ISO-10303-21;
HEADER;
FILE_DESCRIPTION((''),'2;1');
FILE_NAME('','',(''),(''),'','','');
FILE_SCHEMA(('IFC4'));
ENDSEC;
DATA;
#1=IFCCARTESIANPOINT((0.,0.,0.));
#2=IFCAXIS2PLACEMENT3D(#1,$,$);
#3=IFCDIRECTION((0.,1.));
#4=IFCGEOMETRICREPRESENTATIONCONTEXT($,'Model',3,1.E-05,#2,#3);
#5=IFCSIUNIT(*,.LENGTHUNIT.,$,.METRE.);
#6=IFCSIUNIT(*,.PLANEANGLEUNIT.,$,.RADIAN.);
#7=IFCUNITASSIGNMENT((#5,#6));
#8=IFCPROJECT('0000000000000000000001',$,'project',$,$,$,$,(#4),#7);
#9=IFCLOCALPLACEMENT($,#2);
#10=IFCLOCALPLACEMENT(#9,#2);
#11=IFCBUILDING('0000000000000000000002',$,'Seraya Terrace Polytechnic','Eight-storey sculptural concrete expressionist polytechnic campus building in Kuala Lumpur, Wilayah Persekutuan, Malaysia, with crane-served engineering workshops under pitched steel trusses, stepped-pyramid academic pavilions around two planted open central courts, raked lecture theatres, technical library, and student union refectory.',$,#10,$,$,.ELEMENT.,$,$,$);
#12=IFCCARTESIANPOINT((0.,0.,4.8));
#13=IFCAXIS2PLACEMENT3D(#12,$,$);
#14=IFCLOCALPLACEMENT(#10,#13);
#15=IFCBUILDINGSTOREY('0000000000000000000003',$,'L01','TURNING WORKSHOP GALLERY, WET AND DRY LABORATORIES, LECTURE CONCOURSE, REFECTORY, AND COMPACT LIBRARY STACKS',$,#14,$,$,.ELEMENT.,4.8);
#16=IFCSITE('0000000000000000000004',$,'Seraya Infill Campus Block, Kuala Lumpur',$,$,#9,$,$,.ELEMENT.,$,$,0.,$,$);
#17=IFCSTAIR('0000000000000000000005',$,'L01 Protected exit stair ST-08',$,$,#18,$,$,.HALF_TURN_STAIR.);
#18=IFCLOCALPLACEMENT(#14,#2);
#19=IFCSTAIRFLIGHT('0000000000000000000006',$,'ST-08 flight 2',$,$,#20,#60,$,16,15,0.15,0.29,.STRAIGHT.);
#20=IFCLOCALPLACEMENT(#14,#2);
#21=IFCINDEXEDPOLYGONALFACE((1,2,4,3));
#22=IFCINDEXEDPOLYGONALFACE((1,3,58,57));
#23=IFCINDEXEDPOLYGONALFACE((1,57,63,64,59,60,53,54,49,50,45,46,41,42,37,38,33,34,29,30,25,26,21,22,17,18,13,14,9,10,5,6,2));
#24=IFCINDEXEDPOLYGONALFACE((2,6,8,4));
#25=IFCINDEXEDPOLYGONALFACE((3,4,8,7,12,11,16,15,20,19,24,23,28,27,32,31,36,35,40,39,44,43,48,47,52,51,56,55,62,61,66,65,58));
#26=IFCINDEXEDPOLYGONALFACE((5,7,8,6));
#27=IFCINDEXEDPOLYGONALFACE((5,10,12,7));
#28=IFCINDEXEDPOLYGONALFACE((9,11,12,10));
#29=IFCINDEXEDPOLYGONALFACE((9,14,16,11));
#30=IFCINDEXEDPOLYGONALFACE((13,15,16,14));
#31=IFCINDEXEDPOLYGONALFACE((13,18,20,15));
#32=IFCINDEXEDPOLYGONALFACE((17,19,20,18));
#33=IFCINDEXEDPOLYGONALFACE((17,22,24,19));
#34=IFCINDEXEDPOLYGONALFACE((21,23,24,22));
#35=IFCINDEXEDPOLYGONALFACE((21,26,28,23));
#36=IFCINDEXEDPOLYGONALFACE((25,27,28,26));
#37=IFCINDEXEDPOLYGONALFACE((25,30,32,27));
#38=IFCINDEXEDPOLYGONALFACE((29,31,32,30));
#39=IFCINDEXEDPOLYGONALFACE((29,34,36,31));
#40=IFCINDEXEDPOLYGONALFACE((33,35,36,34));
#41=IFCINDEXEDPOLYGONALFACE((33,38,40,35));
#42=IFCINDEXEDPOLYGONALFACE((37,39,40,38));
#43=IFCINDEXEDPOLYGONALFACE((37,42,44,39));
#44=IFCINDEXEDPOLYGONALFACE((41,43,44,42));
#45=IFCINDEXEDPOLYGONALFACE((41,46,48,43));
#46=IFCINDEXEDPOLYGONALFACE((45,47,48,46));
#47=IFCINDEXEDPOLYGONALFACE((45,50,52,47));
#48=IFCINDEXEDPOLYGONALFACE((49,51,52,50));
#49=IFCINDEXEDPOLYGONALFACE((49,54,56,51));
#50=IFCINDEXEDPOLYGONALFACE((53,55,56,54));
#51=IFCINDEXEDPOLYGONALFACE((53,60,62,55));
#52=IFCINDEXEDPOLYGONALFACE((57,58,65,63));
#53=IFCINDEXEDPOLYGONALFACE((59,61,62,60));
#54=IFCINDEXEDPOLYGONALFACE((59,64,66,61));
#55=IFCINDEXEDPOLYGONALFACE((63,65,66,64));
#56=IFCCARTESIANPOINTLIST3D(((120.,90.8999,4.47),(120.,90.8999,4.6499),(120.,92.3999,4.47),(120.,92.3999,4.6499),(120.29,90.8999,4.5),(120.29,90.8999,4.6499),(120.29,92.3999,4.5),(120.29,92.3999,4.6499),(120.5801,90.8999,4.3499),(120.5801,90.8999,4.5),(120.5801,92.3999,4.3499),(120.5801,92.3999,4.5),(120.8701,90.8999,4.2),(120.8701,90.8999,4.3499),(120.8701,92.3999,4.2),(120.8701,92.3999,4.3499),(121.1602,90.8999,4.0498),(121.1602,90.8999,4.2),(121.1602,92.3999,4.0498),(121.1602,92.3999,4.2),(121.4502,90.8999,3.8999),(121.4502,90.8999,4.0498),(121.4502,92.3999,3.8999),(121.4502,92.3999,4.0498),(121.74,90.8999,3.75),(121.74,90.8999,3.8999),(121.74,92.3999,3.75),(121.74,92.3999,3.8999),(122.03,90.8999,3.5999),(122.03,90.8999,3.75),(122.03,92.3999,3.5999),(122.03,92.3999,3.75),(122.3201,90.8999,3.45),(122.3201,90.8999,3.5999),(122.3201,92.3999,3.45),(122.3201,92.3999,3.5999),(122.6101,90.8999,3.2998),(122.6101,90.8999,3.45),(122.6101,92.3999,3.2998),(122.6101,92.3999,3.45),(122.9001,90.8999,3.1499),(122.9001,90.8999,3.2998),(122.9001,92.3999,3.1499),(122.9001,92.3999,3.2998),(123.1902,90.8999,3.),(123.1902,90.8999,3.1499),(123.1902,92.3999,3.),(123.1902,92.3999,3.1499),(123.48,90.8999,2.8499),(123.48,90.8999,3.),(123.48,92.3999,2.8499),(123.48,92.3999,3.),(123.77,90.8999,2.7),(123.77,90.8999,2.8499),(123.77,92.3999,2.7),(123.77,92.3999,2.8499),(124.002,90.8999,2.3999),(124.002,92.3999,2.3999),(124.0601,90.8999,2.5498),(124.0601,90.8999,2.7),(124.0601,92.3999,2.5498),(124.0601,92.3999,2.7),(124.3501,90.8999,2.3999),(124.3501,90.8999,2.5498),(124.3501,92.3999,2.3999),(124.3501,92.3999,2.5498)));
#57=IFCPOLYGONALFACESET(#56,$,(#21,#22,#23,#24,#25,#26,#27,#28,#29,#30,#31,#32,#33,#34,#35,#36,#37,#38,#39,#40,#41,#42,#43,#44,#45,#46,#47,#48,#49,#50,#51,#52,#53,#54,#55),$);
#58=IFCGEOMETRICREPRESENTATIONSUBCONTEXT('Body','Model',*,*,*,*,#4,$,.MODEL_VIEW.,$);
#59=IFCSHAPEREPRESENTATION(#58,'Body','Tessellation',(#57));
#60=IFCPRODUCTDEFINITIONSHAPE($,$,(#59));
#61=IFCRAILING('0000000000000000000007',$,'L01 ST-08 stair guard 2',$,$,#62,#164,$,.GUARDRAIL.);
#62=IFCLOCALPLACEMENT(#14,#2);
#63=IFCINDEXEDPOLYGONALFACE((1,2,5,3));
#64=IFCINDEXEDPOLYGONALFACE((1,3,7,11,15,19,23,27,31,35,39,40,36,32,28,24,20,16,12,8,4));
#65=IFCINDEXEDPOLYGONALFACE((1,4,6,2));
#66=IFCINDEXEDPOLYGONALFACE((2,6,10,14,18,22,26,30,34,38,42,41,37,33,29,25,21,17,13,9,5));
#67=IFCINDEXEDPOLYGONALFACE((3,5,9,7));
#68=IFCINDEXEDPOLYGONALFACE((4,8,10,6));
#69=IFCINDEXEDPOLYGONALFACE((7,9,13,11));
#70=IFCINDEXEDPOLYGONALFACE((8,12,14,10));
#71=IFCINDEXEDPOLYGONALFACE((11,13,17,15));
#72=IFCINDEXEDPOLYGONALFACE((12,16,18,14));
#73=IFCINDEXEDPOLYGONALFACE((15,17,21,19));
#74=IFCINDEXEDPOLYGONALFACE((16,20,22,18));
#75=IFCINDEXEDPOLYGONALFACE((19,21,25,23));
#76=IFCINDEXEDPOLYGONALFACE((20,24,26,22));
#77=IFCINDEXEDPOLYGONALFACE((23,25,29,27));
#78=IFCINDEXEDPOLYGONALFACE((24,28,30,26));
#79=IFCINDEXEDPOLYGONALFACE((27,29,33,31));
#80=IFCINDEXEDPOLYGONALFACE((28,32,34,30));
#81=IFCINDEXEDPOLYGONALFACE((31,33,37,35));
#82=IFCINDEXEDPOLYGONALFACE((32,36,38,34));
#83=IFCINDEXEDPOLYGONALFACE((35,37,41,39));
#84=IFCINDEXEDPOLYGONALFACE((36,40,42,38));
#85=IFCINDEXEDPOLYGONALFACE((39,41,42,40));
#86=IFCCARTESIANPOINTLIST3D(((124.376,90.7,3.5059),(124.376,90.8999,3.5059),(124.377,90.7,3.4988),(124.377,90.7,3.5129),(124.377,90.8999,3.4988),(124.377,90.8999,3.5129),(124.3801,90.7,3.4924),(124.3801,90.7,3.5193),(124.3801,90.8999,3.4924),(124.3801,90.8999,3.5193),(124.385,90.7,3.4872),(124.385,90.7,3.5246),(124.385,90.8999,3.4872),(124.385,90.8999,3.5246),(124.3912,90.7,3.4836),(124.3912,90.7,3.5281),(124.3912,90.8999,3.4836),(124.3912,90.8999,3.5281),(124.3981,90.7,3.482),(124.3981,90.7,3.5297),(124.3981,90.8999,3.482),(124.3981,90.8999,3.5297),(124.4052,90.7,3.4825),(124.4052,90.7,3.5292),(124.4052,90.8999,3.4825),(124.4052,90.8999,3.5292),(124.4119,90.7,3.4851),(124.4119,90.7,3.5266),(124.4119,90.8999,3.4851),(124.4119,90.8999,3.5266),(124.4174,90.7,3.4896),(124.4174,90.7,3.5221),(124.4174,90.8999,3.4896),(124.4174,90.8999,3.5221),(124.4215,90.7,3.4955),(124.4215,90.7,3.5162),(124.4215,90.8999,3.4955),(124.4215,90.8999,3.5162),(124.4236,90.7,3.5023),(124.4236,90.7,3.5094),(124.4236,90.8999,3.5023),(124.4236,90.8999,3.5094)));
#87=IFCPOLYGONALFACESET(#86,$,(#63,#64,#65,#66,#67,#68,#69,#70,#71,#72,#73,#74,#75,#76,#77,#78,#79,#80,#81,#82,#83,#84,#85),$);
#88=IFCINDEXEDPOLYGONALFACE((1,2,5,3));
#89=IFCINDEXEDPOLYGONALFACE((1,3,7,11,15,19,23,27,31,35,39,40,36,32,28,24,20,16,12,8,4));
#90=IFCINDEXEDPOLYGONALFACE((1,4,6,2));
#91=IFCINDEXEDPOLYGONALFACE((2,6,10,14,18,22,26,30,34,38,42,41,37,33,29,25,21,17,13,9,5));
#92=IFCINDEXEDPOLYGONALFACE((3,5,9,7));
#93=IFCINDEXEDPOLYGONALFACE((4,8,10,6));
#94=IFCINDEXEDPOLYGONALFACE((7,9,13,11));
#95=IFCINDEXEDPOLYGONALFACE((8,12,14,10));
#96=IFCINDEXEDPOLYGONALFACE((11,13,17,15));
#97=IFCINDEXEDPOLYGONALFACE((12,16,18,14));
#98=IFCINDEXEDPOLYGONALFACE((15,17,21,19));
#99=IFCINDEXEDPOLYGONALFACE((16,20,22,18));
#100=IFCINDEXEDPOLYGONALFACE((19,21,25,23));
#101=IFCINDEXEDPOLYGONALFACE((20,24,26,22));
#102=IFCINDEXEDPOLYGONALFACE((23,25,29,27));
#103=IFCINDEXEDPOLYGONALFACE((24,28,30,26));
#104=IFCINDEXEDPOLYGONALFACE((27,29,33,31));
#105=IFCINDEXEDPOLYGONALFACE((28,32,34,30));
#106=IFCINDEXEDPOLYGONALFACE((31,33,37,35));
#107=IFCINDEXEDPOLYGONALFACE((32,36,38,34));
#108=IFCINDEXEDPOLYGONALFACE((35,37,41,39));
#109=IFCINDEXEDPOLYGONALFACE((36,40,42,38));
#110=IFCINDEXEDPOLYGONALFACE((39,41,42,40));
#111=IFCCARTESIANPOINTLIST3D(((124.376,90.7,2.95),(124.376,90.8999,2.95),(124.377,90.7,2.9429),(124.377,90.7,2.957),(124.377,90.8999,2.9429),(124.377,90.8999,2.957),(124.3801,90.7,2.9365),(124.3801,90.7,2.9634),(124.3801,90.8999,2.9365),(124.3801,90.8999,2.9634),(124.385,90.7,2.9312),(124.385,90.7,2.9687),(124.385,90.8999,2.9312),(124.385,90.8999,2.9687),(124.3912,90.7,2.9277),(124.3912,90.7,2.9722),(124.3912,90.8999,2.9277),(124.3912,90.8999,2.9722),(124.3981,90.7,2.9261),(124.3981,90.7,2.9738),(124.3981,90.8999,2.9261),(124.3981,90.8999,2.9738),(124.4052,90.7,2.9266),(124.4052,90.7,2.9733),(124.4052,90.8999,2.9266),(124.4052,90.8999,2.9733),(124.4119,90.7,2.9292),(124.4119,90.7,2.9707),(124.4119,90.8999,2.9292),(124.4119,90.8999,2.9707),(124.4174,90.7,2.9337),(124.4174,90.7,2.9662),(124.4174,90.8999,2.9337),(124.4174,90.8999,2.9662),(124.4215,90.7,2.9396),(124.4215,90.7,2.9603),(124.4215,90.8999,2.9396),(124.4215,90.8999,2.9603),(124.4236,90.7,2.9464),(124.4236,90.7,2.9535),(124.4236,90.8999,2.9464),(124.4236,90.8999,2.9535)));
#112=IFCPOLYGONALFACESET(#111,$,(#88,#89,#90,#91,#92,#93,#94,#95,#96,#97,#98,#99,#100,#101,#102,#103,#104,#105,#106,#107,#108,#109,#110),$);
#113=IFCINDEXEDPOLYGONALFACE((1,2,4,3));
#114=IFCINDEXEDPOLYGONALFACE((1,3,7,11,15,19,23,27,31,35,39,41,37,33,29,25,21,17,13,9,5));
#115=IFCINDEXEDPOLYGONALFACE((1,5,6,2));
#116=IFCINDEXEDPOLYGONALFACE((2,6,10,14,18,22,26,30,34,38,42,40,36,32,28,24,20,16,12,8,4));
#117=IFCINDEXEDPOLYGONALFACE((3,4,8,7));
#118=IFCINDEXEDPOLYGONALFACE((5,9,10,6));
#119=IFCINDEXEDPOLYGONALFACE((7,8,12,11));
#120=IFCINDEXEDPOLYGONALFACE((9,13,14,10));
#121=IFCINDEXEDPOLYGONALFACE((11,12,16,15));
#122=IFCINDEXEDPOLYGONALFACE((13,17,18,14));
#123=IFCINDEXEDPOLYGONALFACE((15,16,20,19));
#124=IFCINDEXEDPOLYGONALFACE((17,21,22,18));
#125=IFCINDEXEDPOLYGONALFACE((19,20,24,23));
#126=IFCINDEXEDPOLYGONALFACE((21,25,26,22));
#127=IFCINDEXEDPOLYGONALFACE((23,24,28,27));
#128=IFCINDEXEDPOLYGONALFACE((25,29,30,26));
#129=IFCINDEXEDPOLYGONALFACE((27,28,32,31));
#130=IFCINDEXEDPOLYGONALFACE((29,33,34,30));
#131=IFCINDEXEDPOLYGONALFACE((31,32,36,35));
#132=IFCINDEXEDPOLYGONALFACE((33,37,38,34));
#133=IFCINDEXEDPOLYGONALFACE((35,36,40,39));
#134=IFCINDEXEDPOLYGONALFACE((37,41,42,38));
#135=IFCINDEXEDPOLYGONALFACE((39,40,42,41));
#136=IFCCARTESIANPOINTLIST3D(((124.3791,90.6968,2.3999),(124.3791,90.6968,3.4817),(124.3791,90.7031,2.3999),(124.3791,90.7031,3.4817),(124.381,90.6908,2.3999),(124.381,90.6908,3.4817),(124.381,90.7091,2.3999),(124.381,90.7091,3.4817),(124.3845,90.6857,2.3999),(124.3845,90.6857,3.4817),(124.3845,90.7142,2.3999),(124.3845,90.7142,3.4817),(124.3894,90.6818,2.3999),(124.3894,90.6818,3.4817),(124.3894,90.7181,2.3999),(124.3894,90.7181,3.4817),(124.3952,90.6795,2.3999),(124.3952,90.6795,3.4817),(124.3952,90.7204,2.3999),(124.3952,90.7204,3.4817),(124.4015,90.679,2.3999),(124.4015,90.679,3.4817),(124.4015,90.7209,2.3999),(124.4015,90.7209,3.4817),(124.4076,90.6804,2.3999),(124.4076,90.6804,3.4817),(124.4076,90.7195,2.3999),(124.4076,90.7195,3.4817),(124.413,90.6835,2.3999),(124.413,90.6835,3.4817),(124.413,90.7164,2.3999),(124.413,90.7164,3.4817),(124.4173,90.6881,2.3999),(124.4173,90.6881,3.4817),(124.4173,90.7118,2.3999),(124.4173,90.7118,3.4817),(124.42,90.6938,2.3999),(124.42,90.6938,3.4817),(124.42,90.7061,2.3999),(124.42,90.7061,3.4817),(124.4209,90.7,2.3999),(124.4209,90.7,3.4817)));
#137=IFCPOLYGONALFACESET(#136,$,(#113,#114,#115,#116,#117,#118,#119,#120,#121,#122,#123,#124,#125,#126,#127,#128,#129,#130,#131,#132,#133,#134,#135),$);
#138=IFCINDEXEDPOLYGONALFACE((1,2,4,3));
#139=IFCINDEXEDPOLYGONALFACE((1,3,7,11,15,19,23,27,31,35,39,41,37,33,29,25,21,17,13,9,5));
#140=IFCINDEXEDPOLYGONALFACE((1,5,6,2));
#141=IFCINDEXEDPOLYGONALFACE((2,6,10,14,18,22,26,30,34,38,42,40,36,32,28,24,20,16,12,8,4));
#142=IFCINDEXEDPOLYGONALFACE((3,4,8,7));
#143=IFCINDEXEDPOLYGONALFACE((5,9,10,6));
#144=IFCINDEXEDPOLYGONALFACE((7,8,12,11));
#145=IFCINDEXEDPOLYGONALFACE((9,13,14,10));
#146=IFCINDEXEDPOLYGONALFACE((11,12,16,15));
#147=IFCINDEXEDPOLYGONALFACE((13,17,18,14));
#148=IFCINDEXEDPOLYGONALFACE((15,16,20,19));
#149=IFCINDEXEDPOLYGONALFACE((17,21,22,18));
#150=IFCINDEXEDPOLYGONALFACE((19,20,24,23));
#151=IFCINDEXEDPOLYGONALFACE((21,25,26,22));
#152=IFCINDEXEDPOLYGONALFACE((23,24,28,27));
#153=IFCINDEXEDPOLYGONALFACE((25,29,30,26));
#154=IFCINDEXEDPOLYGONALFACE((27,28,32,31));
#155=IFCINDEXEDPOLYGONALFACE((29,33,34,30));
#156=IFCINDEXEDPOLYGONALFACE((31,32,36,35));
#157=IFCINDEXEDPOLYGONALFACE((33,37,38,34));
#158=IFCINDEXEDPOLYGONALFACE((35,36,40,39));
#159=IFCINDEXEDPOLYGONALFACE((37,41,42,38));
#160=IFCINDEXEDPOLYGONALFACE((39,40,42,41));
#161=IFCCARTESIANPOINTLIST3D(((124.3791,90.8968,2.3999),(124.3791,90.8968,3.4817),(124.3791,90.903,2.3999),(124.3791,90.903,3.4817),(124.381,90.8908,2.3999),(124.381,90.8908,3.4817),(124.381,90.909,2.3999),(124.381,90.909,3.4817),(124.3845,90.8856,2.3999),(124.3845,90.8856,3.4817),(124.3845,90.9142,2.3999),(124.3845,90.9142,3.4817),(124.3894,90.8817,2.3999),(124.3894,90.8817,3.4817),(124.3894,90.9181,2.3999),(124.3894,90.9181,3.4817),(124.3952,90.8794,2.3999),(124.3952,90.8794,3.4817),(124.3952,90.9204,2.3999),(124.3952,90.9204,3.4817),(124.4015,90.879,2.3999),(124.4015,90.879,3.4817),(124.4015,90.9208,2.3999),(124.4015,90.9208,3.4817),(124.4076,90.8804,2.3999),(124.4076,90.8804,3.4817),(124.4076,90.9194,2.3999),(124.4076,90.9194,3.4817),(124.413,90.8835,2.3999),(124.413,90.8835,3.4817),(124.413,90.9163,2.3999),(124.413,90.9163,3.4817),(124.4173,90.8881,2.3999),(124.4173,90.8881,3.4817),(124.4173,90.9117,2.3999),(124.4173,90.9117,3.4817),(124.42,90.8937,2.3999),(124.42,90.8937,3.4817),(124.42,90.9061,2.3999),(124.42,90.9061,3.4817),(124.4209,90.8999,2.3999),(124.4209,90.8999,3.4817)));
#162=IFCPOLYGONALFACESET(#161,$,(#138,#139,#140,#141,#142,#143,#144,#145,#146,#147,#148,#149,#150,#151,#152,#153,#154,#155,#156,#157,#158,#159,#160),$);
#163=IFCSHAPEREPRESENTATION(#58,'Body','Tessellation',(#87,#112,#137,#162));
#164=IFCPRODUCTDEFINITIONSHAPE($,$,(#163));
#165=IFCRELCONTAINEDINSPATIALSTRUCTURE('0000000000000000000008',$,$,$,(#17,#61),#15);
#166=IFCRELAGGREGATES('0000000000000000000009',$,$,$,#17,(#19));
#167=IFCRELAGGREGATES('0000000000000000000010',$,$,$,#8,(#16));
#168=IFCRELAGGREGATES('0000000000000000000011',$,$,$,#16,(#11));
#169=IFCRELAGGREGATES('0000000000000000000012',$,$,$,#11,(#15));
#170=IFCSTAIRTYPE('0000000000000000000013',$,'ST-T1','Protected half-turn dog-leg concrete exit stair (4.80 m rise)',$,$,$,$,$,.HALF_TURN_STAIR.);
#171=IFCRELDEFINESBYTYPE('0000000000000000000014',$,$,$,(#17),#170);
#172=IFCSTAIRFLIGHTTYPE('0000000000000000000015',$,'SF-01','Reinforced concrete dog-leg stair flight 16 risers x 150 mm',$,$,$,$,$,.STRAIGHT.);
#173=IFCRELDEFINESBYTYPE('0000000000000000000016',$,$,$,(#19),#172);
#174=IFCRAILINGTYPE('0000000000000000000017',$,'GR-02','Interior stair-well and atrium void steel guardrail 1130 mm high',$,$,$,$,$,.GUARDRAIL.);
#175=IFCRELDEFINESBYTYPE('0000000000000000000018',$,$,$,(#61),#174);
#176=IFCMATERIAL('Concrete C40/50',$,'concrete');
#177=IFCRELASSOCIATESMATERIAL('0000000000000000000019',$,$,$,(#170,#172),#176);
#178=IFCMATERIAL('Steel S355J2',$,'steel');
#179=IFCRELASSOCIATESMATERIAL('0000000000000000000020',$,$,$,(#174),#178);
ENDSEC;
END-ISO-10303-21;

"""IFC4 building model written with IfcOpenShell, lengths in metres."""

from ifc_helpers import new_model, si_unit, direction, frame, origin, origin_2d, place, context, subcontext, project, spatial, polyline, circle, outline, extrude, material, type_object, element, aggregate, save


model = new_model("IFC4")

# Units and contexts
model_context = context("Model", 3, precision=1e-05, world=origin(), true_north=direction((0.0, 1.0)))
body_context = subcontext(model_context, "Body", "Model", "MODEL_VIEW")
ifc_project = project(units=[si_unit("LENGTHUNIT", "METRE"), si_unit("PLANEANGLEUNIT", "RADIAN")], contexts=[model_context])

# Site, building, storey
site_placement = place(None, origin())
site = spatial("IfcSite", under=ifc_project, at=site_placement, Name="Seraya Infill Campus Block, Kuala Lumpur", CompositionType="ELEMENT", RefElevation=0.0)
building_placement = place(site_placement, origin())
building = spatial("IfcBuilding", under=site, at=building_placement, Name="Seraya Terrace Polytechnic", Description="Eight-storey sculptural concrete expressionist polytechnic campus building in Kuala Lumpur, Wilayah Persekutuan, Malaysia, with crane-served engineering workshops under pitched steel trusses, stepped-pyramid academic pavilions around two planted open central courts, raked lecture theatres, technical library, and student union refectory.", CompositionType="ELEMENT")
storey_placement = place(building_placement, frame((0.0, 0.0, 4.8)))
storey = spatial("IfcBuildingStorey", under=building, at=storey_placement, Name="L01", Description="TURNING WORKSHOP GALLERY, WET AND DRY LABORATORIES, LECTURE CONCOURSE, REFECTORY, AND COMPACT LIBRARY STACKS", CompositionType="ELEMENT", Elevation=4.8)

# Shared definitions
ifc_material_1 = material(Name="Concrete C40/50", Category="concrete")

# Shared definitions
ifc_material_2 = material(Name="Steel S355J2", Category="steel")

# Stair, stair flight
stair_type = type_object("IfcStairType", Name="ST-T1", Description="Protected half-turn dog-leg concrete exit stair (4.80 m rise)", PredefinedType="HALF_TURN_STAIR", material=ifc_material_1)
stair_placement = place(storey_placement, origin())
stair = element("IfcStair", 1, at=stair_placement, inside=storey, type_object=stair_type, Name="L01 Protected exit stair ST-08", PredefinedType="HALF_TURN_STAIR")
stair_flight_type = type_object("IfcStairFlightType", Name="SF-01", Description="Reinforced concrete dog-leg stair flight 16 risers x 150 mm", PredefinedType="STRAIGHT", material=ifc_material_1)
stair_flight_1_placement = place(storey_placement, frame((124.3501, 91.6499, 2.3999), z_axis=(0.0, 0.0, 1.0), x_axis=(-1.0, 0.0, 0.0)))
stair_flight_1 = element("IfcStairFlight", 2, at=stair_flight_1_placement, type_object=stair_flight_type, Name="ST-08 flight 2", NumberOfRisers=16, NumberOfTreads=15, PredefinedType="STRAIGHT", RiserHeight=0.15, TreadLength=0.29, context=body_context, shape_type="SweptSolid", body=[
    extrude(outline(polyline([(0.0, 0.0), (0.0, 0.1499), (0.29, 0.1499), (0.29, 0.3), (0.5801, 0.3), (0.5801, 0.45), (0.8701, 0.45), (0.8701, 0.6001), (1.1599, 0.6001), (1.1599, 0.75), (1.45, 0.75), (1.45, 0.8999), (1.74, 0.8999), (1.74, 1.05), (2.03, 1.05), (2.03, 1.2), (2.3201, 1.2), (2.3201, 1.3501), (2.6101, 1.3501), (2.6101, 1.5), (2.8999, 1.5), (2.8999, 1.6499), (3.1899, 1.6499), (3.1899, 1.8), (3.48, 1.8), (3.48, 1.95), (3.77, 1.95), (3.77, 2.1001), (4.0601, 2.1001), (4.0601, 2.25), (4.3501, 2.25), (4.3501, 2.3999), (4.3501, 2.0701), (0.3481, 0.0), (0.0, 0.0)])), frame((0.0, 0.75, 0.0), z_axis=(0.0, -1.0, 0.0), x_axis=(1.0, 0.0, 0.0)), (0.0, 0.0, 1.0), 1.5),
])
aggregate(stair, [stair_flight_1])

# Railing
railing_type_1 = type_object("IfcRailingType", Name="GR-02", Description="Interior stair-well and atrium void steel guardrail 1130 mm high", PredefinedType="GUARDRAIL", material=ifc_material_2)
railing_1_placement = place(storey_placement, frame((124.3999, 90.7, 2.3999)))
element("IfcRailing", 3, at=railing_1_placement, inside=storey, type_object=railing_type_1, Name="L01 ST-08 stair guard 2", PredefinedType="GUARDRAIL", context=body_context, shape_type="SweptSolid", body=[
    extrude(circle(Radius=0.0239, at=origin_2d()), frame((0.0, 0.0, 1.106), z_axis=(0.0, 1.0, 0.0), x_axis=(-1.0, 0.0, 0.0)), (0.0, 0.0, 1.0), 0.2),
    extrude(circle(Radius=0.0239, at=origin_2d()), frame((0.0, 0.0, 0.55), z_axis=(0.0, 1.0, 0.0), x_axis=(-1.0, 0.0, 0.0)), (0.0, 0.0, 1.0), 0.2),
    extrude(circle(Radius=0.021, at=origin_2d()), origin(), (0.0, 0.0, 1.0), 1.0818),
    extrude(circle(Radius=0.021, at=origin_2d()), frame((0.0, 0.2, 0.0)), (0.0, 0.0, 1.0), 1.0818),
])

save(model, "model.ifc")
